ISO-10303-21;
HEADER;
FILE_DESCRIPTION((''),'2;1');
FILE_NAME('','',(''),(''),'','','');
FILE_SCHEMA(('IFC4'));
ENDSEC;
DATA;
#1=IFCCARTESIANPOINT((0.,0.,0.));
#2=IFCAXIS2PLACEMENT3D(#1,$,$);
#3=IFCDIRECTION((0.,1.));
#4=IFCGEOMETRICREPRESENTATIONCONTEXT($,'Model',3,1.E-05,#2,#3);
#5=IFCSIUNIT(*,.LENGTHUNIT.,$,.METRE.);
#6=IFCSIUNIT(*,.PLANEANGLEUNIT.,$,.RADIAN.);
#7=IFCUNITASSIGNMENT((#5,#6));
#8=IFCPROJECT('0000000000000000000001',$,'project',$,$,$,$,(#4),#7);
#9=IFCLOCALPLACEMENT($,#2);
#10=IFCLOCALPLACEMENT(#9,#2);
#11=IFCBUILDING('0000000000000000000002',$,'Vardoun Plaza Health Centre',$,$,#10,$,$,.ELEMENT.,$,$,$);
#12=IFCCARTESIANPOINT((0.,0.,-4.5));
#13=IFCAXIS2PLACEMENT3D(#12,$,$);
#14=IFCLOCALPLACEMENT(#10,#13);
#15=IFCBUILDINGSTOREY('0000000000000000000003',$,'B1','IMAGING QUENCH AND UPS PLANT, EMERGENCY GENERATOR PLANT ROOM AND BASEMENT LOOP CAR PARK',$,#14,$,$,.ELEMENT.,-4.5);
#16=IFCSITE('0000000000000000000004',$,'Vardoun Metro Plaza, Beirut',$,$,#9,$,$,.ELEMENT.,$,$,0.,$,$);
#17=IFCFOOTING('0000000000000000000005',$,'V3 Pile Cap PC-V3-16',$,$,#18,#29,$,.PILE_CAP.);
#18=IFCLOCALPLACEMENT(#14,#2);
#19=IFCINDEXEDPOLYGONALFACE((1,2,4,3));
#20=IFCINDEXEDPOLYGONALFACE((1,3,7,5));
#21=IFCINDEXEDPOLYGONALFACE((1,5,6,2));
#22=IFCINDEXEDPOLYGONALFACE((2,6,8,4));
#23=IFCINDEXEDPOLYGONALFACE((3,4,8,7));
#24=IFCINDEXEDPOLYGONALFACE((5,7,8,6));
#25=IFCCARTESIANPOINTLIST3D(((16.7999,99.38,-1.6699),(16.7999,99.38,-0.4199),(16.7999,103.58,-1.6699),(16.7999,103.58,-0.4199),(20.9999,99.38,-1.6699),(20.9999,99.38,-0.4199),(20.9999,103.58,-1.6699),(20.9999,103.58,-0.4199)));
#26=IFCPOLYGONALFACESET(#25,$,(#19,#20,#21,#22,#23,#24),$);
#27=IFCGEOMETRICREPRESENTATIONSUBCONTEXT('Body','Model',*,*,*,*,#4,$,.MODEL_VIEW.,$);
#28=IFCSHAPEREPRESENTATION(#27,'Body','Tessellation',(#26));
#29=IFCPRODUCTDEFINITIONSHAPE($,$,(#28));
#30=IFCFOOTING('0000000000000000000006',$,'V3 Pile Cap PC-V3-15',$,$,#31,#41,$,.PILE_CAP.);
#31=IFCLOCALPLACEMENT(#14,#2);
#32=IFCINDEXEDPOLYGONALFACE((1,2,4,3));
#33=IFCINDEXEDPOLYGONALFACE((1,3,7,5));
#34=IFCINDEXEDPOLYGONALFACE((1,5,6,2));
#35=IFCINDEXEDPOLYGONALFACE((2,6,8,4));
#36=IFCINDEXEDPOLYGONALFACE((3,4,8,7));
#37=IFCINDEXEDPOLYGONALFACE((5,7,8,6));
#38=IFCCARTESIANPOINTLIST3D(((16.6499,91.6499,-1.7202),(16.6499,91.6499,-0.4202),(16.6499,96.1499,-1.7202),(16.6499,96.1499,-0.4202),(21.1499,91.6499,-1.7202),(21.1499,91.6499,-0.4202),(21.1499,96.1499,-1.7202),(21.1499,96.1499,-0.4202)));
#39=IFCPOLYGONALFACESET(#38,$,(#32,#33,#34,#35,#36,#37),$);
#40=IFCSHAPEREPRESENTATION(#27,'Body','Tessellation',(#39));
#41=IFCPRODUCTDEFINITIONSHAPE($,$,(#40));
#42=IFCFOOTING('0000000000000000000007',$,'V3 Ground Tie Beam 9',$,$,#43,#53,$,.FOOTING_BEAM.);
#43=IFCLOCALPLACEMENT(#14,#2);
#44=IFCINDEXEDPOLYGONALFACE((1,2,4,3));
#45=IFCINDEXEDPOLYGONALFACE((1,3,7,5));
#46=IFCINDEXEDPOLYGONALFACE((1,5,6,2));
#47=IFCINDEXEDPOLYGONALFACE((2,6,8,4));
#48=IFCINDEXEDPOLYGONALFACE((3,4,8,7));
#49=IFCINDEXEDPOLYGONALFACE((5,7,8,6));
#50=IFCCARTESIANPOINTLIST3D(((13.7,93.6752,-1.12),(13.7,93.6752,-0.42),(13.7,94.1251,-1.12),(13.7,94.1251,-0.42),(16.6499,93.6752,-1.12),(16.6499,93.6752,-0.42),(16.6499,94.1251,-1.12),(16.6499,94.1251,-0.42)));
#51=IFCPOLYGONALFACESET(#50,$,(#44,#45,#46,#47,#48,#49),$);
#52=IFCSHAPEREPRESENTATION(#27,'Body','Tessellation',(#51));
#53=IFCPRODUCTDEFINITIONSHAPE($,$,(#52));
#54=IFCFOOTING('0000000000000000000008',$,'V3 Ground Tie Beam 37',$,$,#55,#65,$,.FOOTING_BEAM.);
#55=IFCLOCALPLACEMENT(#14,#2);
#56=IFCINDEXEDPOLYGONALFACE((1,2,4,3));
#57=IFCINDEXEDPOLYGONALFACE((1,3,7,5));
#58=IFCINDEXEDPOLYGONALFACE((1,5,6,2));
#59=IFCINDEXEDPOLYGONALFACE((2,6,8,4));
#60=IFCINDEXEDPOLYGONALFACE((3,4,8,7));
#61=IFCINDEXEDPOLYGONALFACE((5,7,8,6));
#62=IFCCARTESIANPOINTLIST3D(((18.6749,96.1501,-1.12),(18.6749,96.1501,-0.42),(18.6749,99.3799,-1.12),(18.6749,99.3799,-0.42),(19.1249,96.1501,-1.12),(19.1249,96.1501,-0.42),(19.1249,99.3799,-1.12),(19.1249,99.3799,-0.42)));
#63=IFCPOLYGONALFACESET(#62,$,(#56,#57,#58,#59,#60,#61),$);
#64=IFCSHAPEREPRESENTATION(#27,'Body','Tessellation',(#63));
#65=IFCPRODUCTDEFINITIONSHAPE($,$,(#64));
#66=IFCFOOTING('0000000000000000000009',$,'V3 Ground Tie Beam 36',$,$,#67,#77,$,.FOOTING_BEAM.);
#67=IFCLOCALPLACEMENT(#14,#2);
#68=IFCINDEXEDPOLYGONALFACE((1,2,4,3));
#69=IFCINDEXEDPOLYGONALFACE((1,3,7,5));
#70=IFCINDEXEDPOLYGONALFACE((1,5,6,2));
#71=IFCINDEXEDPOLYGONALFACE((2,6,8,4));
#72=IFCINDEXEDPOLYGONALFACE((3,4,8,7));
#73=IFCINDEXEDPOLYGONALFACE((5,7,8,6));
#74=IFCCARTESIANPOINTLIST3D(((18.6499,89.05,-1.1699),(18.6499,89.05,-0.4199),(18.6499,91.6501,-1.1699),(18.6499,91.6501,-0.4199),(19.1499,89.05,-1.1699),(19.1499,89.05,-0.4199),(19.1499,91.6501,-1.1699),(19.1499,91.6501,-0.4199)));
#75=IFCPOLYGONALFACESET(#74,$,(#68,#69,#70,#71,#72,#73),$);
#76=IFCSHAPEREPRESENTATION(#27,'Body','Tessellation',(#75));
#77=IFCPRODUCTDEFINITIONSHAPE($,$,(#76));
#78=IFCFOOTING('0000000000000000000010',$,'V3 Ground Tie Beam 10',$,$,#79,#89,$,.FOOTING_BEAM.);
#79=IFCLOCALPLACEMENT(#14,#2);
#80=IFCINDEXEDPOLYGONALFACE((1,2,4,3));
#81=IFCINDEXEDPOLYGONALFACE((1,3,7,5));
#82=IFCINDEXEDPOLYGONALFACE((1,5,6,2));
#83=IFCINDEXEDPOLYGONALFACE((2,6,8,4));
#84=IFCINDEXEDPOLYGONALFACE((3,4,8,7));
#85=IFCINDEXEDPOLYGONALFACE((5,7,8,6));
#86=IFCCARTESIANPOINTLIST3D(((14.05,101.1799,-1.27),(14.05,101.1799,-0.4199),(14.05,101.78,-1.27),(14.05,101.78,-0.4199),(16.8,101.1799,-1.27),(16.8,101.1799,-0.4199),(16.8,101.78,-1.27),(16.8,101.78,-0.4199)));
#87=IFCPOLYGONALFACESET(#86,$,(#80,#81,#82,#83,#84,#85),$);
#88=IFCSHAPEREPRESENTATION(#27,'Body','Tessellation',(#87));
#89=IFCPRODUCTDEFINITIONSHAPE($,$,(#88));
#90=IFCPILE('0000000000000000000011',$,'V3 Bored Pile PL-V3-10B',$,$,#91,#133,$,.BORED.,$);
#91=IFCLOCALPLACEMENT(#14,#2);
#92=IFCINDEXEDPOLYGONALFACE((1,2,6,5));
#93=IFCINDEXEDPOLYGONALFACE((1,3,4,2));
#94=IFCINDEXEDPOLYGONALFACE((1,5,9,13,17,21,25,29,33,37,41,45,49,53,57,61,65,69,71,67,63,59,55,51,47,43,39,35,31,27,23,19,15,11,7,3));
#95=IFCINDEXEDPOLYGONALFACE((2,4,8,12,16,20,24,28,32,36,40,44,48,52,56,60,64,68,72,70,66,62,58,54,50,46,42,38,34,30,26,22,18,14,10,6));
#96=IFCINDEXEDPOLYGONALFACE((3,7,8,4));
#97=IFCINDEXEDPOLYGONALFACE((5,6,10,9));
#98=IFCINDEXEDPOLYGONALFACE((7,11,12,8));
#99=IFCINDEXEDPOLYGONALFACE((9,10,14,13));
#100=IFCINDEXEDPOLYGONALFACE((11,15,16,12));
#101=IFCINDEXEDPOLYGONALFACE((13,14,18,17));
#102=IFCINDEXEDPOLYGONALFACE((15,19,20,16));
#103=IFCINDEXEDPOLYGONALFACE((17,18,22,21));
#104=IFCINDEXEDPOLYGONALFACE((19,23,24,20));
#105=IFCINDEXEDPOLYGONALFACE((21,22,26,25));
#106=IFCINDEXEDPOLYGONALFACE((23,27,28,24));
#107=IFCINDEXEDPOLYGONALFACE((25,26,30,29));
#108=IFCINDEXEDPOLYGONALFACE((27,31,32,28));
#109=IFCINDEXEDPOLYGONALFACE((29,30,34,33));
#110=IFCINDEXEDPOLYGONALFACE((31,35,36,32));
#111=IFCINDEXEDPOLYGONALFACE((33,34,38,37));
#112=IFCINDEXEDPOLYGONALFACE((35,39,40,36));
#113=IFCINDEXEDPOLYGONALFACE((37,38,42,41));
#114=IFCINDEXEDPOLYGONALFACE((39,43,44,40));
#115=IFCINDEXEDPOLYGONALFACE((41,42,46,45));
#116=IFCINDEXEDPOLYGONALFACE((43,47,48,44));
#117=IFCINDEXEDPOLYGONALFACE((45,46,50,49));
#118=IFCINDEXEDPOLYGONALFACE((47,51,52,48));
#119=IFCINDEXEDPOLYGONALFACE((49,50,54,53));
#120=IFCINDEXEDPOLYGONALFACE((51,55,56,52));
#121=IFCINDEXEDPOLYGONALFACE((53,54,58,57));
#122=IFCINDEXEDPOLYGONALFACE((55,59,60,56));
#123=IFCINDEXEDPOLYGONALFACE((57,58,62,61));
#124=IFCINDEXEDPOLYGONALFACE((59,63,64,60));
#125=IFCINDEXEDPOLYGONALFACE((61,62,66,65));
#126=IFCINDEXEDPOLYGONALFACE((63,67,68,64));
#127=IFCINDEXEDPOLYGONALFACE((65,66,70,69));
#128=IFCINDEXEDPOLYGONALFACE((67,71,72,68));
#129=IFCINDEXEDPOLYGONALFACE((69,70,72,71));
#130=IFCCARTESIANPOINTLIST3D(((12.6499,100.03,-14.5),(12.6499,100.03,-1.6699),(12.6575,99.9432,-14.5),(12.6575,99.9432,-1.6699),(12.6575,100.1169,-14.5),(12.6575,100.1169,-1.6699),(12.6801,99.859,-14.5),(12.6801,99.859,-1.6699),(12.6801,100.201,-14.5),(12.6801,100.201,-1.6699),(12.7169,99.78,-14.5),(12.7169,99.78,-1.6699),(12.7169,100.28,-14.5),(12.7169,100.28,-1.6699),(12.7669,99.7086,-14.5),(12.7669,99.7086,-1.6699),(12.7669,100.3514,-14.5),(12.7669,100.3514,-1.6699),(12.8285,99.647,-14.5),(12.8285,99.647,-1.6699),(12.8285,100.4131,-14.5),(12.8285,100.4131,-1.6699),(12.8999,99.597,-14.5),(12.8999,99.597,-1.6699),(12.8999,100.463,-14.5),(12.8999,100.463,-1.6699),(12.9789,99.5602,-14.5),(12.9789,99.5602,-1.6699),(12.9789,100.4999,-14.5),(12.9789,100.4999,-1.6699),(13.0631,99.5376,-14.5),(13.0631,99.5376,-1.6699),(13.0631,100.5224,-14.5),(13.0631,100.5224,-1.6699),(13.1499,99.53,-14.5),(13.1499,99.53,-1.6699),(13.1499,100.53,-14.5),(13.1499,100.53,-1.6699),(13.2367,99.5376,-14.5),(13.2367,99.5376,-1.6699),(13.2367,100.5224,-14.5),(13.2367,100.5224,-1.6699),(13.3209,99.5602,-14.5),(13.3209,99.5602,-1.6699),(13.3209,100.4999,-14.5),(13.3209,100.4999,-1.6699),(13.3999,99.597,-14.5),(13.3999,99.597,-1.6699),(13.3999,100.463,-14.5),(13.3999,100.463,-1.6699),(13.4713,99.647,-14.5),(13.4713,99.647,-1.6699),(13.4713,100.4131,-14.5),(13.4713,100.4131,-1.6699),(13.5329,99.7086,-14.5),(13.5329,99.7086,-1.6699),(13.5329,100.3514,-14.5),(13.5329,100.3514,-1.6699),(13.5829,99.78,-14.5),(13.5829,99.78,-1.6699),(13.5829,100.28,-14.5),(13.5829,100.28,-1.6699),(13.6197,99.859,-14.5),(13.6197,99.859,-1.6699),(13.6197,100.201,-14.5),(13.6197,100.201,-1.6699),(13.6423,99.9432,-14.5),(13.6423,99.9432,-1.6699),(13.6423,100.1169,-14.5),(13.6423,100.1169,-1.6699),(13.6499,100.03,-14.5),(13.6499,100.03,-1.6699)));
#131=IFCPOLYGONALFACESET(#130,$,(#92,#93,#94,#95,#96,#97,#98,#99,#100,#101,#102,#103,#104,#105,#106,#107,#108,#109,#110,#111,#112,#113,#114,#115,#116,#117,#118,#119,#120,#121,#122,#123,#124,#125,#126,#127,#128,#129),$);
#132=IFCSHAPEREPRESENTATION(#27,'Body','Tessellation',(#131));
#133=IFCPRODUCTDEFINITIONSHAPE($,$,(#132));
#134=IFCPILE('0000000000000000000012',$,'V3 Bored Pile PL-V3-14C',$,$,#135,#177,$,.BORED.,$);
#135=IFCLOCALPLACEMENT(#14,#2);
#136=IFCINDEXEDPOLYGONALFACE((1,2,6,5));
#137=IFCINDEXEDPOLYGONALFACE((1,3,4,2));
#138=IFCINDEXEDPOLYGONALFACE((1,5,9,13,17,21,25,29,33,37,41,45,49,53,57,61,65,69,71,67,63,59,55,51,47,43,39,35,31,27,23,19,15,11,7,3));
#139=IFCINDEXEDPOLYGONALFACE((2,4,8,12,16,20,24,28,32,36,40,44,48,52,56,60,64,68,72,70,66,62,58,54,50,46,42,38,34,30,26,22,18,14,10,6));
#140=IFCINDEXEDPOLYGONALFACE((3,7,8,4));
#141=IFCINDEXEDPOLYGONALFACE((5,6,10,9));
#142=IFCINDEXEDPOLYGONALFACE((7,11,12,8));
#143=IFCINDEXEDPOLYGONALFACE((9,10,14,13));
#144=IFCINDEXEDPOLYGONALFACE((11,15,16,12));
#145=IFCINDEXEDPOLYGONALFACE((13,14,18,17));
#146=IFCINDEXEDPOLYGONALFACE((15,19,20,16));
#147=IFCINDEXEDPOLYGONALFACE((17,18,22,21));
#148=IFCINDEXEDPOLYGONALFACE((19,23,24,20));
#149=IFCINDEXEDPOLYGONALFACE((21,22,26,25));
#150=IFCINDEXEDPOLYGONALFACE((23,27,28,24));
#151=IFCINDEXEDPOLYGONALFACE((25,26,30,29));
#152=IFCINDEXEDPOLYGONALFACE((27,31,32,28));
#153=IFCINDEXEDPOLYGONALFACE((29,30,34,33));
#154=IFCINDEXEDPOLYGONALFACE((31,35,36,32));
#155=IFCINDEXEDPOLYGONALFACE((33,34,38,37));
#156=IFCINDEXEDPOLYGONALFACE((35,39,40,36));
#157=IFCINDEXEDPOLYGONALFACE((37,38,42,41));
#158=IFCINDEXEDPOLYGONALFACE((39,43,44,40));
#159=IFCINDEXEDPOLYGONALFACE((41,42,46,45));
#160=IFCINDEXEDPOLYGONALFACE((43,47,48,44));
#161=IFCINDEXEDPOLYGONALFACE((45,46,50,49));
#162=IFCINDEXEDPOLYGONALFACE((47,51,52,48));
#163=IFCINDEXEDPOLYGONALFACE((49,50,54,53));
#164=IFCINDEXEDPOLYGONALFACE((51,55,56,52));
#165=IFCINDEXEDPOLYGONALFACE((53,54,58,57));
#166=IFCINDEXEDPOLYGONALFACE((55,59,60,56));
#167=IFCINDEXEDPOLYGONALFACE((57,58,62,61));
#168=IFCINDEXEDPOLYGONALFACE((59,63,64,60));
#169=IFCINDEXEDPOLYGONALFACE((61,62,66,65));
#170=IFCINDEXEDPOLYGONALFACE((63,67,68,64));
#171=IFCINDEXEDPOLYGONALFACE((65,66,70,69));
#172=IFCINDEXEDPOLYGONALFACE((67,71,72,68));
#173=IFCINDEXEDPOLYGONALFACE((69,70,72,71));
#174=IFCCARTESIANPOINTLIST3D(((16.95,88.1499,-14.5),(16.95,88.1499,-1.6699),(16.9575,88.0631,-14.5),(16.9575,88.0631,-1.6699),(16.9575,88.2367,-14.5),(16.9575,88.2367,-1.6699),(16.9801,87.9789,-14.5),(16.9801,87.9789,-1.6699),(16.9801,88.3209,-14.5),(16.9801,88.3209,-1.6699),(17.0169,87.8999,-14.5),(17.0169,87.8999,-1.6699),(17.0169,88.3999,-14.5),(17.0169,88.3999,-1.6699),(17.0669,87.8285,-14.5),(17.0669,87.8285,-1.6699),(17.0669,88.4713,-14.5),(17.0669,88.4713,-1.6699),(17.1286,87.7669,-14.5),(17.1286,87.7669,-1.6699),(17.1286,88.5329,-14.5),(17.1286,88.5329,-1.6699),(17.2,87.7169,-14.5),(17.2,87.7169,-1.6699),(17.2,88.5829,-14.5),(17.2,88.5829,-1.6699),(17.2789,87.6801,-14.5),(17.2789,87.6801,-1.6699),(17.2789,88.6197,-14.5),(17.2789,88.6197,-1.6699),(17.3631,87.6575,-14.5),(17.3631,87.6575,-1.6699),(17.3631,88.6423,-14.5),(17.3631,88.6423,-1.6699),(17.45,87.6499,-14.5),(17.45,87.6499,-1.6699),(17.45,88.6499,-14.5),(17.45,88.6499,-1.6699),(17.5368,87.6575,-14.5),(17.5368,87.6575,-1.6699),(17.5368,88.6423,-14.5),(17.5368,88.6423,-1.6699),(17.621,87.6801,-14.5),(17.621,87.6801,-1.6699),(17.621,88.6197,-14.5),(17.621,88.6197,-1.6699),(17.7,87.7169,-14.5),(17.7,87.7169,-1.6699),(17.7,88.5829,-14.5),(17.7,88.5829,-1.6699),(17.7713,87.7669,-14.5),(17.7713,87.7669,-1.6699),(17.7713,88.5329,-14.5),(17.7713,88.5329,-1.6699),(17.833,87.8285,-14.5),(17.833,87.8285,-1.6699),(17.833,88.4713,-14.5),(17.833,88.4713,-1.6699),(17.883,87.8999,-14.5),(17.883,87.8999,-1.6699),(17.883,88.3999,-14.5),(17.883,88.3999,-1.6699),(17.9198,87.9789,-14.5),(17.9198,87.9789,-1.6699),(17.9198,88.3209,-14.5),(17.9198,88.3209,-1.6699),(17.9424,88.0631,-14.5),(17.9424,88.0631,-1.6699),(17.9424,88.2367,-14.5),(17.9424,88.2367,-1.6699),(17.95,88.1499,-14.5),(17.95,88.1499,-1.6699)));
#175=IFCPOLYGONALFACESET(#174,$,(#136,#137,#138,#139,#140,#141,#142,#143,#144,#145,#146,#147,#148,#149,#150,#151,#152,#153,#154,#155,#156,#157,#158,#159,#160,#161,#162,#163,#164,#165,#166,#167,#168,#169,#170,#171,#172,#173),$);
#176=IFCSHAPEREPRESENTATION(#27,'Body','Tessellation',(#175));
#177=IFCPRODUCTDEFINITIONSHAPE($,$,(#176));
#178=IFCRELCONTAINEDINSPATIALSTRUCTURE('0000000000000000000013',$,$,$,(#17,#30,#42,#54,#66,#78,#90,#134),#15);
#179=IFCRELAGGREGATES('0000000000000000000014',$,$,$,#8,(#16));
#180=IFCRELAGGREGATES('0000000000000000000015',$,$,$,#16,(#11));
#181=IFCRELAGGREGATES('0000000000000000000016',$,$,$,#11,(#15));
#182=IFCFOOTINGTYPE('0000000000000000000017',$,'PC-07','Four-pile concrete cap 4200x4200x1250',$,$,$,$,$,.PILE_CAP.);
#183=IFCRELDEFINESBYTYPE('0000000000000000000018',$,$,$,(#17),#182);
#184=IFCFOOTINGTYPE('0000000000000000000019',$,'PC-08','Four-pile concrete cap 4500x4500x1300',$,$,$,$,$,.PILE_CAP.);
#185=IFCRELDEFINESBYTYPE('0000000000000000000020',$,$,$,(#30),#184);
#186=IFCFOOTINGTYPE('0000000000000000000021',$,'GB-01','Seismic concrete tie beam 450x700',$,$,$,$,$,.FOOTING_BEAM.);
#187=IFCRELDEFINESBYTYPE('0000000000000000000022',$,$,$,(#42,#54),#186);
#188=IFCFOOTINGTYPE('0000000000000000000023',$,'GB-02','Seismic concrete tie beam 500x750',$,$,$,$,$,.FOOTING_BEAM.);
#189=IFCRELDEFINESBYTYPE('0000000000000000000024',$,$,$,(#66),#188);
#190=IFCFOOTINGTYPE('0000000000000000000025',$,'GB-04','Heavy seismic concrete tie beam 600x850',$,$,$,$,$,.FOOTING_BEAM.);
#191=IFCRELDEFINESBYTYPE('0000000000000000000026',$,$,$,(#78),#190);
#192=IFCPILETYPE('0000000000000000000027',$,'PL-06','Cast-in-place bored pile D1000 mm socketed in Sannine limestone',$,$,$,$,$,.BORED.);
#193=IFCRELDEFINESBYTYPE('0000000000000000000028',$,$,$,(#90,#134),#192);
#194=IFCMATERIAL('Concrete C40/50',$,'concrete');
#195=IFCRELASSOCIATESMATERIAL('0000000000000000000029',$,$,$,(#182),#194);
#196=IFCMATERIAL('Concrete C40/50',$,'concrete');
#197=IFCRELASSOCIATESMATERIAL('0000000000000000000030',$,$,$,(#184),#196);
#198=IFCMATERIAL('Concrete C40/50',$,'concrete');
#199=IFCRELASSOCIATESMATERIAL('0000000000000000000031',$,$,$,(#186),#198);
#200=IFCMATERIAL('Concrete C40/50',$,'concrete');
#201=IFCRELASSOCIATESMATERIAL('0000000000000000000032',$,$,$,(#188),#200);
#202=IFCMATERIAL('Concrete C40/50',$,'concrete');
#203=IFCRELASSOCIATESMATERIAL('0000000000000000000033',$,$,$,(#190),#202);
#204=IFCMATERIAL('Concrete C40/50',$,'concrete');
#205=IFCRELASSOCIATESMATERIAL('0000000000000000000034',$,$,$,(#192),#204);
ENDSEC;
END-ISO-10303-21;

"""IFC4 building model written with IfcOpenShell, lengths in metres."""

from ifc_helpers import new_model, si_unit, direction, frame, origin, origin_2d, place, context, subcontext, project, spatial, rectangle, circle, extrude, material, material_profile, profile_set, type_object, element, save


model = new_model("IFC4")

# Units and contexts
model_context = context("Model", 3, precision=1e-05, world=origin(), true_north=direction((0.0, 1.0)))
body_context = subcontext(model_context, "Body", "Model", "MODEL_VIEW")
ifc_project = project(units=[si_unit("LENGTHUNIT", "METRE"), si_unit("PLANEANGLEUNIT", "RADIAN")], contexts=[model_context])

# Site, building, storey
site_placement = place(None, origin())
site = spatial("IfcSite", under=ifc_project, at=site_placement, Name="Vardoun Metro Plaza, Beirut", CompositionType="ELEMENT", RefElevation=0.0)
building_placement = place(site_placement, origin())
building = spatial("IfcBuilding", under=site, at=building_placement, Name="Vardoun Plaza Health Centre", CompositionType="ELEMENT")
storey_placement = place(building_placement, frame((0.0, 0.0, -4.5)))
storey = spatial("IfcBuildingStorey", under=building, at=storey_placement, Name="B1", Description="IMAGING QUENCH AND UPS PLANT, EMERGENCY GENERATOR PLANT ROOM AND BASEMENT LOOP CAR PARK", CompositionType="ELEMENT", Elevation=-4.5)

# Footings
ifc_material_1 = material(Name="Concrete C40/50", Category="concrete")
footing_type_1 = type_object("IfcFootingType", Name="PC-07", Description="Four-pile concrete cap 4200x4200x1250", PredefinedType="PILE_CAP", material=ifc_material_1)
footing_1_placement = place(storey_placement, frame((18.8999, 101.48, -1.6699), z_axis=(0.0, 0.0, 1.0), x_axis=(1.0, 0.0, 0.0)))
element("IfcFooting", 1, at=footing_1_placement, inside=storey, type_object=footing_type_1, Name="V3 Pile Cap PC-V3-16", PredefinedType="PILE_CAP", context=body_context, shape_type="SweptSolid", body=[
    extrude(rectangle(XDim=4.2, YDim=4.2, at=origin_2d()), origin(), (0.0, 0.0, 1.0), 1.25),
])
ifc_material_2 = material(Name="Concrete C40/50", Category="concrete")
footing_type_2 = type_object("IfcFootingType", Name="PC-08", Description="Four-pile concrete cap 4500x4500x1300", PredefinedType="PILE_CAP", material=ifc_material_2)
footing_2_placement = place(storey_placement, frame((18.8999, 93.8999, -1.7202), z_axis=(0.0, 0.0, 1.0), x_axis=(1.0, 0.0, 0.0)))
element("IfcFooting", 2, at=footing_2_placement, inside=storey, type_object=footing_type_2, Name="V3 Pile Cap PC-V3-15", PredefinedType="PILE_CAP", context=body_context, shape_type="SweptSolid", body=[
    extrude(rectangle(XDim=4.5, YDim=4.5, at=origin_2d()), origin(), (0.0, 0.0, 1.0), 1.3),
])
ifc_material_3 = material(Name="Concrete C40/50", Category="concrete")
ifc_material_profile_1 = material_profile(ifc_material_3, rectangle(XDim=0.45, YDim=0.7, at=origin_2d()), Name="GB 450x700")
ifc_profile_set_1 = profile_set([ifc_material_profile_1], Name="Concrete C40/50")
footing_type_3 = type_object("IfcFootingType", Name="GB-01", Description="Seismic concrete tie beam 450x700", PredefinedType="FOOTING_BEAM", material=ifc_profile_set_1)
footing_3_placement = place(storey_placement, frame((13.7, 93.9001, -0.77), z_axis=(1.0, 0.0, 0.0), x_axis=(0.0, 1.0, 0.0)))
element("IfcFooting", 3, at=footing_3_placement, inside=storey, type_object=footing_type_3, Name="V3 Ground Tie Beam 9", PredefinedType="FOOTING_BEAM", context=body_context, shape_type="SweptSolid", body=[
    extrude(rectangle(XDim=0.45, YDim=0.7, at=origin_2d()), origin(), (0.0, 0.0, 1.0), 2.95),
])
footing_4_placement = place(storey_placement, frame((18.8999, 96.1501, -0.77), z_axis=(0.0, 1.0, 0.0), x_axis=(-1.0, 0.0, 0.0)))
element("IfcFooting", 4, at=footing_4_placement, inside=storey, type_object=footing_type_3, Name="V3 Ground Tie Beam 37", PredefinedType="FOOTING_BEAM", context=body_context, shape_type="SweptSolid", body=[
    extrude(rectangle(XDim=0.45, YDim=0.7, at=origin_2d()), origin(), (0.0, 0.0, 1.0), 3.2297),
])
ifc_material_4 = material(Name="Concrete C40/50", Category="concrete")
ifc_material_profile_2 = material_profile(ifc_material_4, rectangle(XDim=0.5, YDim=0.75, at=origin_2d()), Name="GB 500x750")
ifc_profile_set_2 = profile_set([ifc_material_profile_2], Name="Concrete C40/50")
footing_type_4 = type_object("IfcFootingType", Name="GB-02", Description="Seismic concrete tie beam 500x750", PredefinedType="FOOTING_BEAM", material=ifc_profile_set_2)
footing_5_placement = place(storey_placement, frame((18.8999, 89.05, -0.7949), z_axis=(0.0, 1.0, 0.0), x_axis=(-1.0, 0.0, 0.0)))
element("IfcFooting", 5, at=footing_5_placement, inside=storey, type_object=footing_type_4, Name="V3 Ground Tie Beam 36", PredefinedType="FOOTING_BEAM", context=body_context, shape_type="SweptSolid", body=[
    extrude(rectangle(XDim=0.5, YDim=0.75, at=origin_2d()), origin(), (0.0, 0.0, 1.0), 2.6001),
])
ifc_material_5 = material(Name="Concrete C40/50", Category="concrete")
ifc_material_profile_3 = material_profile(ifc_material_5, rectangle(XDim=0.6001, YDim=0.8501, at=origin_2d()), Name="GB 600x850")
ifc_profile_set_3 = profile_set([ifc_material_profile_3], Name="Concrete C40/50")
footing_type_5 = type_object("IfcFootingType", Name="GB-04", Description="Heavy seismic concrete tie beam 600x850", PredefinedType="FOOTING_BEAM", material=ifc_profile_set_3)
footing_6_placement = place(storey_placement, frame((14.05, 101.48, -0.845), z_axis=(1.0, 0.0, 0.0), x_axis=(0.0, 1.0, 0.0)))
element("IfcFooting", 6, at=footing_6_placement, inside=storey, type_object=footing_type_5, Name="V3 Ground Tie Beam 10", PredefinedType="FOOTING_BEAM", context=body_context, shape_type="SweptSolid", body=[
    extrude(rectangle(XDim=0.6001, YDim=0.8501, at=origin_2d()), origin(), (0.0, 0.0, 1.0), 2.75),
])

# Piles
ifc_material_6 = material(Name="Concrete C40/50", Category="concrete")
ifc_material_profile_4 = material_profile(ifc_material_6, circle(Radius=0.5, at=origin_2d()), Name="PILE D1000")
ifc_profile_set_4 = profile_set([ifc_material_profile_4], Name="Concrete C40/50")
pile_type_1 = type_object("IfcPileType", Name="PL-06", Description="Cast-in-place bored pile D1000 mm socketed in Sannine limestone", PredefinedType="BORED", material=ifc_profile_set_4)
for number, where, z_axis, x_axis, name in (
    (7, (13.1499, 100.03, -1.6699), (0.0, 0.0, -1.0), (1.0, 0.0, 0.0), "V3 Bored Pile PL-V3-10B"),
    (8, (17.45, 88.1499, -1.6699), (0.0, 0.0, -1.0), (1.0, 0.0, 0.0), "V3 Bored Pile PL-V3-14C"),
):
    element("IfcPile", number, at=place(storey_placement, frame(where, z_axis=z_axis, x_axis=x_axis)), inside=storey, type_object=pile_type_1, Name=name, PredefinedType="BORED", context=body_context, shape_type="SweptSolid", body=[
        extrude(circle(Radius=0.5, at=origin_2d()), origin(), (0.0, 0.0, 1.0), 12.8301),
    ])

save(model, "model.ifc")
